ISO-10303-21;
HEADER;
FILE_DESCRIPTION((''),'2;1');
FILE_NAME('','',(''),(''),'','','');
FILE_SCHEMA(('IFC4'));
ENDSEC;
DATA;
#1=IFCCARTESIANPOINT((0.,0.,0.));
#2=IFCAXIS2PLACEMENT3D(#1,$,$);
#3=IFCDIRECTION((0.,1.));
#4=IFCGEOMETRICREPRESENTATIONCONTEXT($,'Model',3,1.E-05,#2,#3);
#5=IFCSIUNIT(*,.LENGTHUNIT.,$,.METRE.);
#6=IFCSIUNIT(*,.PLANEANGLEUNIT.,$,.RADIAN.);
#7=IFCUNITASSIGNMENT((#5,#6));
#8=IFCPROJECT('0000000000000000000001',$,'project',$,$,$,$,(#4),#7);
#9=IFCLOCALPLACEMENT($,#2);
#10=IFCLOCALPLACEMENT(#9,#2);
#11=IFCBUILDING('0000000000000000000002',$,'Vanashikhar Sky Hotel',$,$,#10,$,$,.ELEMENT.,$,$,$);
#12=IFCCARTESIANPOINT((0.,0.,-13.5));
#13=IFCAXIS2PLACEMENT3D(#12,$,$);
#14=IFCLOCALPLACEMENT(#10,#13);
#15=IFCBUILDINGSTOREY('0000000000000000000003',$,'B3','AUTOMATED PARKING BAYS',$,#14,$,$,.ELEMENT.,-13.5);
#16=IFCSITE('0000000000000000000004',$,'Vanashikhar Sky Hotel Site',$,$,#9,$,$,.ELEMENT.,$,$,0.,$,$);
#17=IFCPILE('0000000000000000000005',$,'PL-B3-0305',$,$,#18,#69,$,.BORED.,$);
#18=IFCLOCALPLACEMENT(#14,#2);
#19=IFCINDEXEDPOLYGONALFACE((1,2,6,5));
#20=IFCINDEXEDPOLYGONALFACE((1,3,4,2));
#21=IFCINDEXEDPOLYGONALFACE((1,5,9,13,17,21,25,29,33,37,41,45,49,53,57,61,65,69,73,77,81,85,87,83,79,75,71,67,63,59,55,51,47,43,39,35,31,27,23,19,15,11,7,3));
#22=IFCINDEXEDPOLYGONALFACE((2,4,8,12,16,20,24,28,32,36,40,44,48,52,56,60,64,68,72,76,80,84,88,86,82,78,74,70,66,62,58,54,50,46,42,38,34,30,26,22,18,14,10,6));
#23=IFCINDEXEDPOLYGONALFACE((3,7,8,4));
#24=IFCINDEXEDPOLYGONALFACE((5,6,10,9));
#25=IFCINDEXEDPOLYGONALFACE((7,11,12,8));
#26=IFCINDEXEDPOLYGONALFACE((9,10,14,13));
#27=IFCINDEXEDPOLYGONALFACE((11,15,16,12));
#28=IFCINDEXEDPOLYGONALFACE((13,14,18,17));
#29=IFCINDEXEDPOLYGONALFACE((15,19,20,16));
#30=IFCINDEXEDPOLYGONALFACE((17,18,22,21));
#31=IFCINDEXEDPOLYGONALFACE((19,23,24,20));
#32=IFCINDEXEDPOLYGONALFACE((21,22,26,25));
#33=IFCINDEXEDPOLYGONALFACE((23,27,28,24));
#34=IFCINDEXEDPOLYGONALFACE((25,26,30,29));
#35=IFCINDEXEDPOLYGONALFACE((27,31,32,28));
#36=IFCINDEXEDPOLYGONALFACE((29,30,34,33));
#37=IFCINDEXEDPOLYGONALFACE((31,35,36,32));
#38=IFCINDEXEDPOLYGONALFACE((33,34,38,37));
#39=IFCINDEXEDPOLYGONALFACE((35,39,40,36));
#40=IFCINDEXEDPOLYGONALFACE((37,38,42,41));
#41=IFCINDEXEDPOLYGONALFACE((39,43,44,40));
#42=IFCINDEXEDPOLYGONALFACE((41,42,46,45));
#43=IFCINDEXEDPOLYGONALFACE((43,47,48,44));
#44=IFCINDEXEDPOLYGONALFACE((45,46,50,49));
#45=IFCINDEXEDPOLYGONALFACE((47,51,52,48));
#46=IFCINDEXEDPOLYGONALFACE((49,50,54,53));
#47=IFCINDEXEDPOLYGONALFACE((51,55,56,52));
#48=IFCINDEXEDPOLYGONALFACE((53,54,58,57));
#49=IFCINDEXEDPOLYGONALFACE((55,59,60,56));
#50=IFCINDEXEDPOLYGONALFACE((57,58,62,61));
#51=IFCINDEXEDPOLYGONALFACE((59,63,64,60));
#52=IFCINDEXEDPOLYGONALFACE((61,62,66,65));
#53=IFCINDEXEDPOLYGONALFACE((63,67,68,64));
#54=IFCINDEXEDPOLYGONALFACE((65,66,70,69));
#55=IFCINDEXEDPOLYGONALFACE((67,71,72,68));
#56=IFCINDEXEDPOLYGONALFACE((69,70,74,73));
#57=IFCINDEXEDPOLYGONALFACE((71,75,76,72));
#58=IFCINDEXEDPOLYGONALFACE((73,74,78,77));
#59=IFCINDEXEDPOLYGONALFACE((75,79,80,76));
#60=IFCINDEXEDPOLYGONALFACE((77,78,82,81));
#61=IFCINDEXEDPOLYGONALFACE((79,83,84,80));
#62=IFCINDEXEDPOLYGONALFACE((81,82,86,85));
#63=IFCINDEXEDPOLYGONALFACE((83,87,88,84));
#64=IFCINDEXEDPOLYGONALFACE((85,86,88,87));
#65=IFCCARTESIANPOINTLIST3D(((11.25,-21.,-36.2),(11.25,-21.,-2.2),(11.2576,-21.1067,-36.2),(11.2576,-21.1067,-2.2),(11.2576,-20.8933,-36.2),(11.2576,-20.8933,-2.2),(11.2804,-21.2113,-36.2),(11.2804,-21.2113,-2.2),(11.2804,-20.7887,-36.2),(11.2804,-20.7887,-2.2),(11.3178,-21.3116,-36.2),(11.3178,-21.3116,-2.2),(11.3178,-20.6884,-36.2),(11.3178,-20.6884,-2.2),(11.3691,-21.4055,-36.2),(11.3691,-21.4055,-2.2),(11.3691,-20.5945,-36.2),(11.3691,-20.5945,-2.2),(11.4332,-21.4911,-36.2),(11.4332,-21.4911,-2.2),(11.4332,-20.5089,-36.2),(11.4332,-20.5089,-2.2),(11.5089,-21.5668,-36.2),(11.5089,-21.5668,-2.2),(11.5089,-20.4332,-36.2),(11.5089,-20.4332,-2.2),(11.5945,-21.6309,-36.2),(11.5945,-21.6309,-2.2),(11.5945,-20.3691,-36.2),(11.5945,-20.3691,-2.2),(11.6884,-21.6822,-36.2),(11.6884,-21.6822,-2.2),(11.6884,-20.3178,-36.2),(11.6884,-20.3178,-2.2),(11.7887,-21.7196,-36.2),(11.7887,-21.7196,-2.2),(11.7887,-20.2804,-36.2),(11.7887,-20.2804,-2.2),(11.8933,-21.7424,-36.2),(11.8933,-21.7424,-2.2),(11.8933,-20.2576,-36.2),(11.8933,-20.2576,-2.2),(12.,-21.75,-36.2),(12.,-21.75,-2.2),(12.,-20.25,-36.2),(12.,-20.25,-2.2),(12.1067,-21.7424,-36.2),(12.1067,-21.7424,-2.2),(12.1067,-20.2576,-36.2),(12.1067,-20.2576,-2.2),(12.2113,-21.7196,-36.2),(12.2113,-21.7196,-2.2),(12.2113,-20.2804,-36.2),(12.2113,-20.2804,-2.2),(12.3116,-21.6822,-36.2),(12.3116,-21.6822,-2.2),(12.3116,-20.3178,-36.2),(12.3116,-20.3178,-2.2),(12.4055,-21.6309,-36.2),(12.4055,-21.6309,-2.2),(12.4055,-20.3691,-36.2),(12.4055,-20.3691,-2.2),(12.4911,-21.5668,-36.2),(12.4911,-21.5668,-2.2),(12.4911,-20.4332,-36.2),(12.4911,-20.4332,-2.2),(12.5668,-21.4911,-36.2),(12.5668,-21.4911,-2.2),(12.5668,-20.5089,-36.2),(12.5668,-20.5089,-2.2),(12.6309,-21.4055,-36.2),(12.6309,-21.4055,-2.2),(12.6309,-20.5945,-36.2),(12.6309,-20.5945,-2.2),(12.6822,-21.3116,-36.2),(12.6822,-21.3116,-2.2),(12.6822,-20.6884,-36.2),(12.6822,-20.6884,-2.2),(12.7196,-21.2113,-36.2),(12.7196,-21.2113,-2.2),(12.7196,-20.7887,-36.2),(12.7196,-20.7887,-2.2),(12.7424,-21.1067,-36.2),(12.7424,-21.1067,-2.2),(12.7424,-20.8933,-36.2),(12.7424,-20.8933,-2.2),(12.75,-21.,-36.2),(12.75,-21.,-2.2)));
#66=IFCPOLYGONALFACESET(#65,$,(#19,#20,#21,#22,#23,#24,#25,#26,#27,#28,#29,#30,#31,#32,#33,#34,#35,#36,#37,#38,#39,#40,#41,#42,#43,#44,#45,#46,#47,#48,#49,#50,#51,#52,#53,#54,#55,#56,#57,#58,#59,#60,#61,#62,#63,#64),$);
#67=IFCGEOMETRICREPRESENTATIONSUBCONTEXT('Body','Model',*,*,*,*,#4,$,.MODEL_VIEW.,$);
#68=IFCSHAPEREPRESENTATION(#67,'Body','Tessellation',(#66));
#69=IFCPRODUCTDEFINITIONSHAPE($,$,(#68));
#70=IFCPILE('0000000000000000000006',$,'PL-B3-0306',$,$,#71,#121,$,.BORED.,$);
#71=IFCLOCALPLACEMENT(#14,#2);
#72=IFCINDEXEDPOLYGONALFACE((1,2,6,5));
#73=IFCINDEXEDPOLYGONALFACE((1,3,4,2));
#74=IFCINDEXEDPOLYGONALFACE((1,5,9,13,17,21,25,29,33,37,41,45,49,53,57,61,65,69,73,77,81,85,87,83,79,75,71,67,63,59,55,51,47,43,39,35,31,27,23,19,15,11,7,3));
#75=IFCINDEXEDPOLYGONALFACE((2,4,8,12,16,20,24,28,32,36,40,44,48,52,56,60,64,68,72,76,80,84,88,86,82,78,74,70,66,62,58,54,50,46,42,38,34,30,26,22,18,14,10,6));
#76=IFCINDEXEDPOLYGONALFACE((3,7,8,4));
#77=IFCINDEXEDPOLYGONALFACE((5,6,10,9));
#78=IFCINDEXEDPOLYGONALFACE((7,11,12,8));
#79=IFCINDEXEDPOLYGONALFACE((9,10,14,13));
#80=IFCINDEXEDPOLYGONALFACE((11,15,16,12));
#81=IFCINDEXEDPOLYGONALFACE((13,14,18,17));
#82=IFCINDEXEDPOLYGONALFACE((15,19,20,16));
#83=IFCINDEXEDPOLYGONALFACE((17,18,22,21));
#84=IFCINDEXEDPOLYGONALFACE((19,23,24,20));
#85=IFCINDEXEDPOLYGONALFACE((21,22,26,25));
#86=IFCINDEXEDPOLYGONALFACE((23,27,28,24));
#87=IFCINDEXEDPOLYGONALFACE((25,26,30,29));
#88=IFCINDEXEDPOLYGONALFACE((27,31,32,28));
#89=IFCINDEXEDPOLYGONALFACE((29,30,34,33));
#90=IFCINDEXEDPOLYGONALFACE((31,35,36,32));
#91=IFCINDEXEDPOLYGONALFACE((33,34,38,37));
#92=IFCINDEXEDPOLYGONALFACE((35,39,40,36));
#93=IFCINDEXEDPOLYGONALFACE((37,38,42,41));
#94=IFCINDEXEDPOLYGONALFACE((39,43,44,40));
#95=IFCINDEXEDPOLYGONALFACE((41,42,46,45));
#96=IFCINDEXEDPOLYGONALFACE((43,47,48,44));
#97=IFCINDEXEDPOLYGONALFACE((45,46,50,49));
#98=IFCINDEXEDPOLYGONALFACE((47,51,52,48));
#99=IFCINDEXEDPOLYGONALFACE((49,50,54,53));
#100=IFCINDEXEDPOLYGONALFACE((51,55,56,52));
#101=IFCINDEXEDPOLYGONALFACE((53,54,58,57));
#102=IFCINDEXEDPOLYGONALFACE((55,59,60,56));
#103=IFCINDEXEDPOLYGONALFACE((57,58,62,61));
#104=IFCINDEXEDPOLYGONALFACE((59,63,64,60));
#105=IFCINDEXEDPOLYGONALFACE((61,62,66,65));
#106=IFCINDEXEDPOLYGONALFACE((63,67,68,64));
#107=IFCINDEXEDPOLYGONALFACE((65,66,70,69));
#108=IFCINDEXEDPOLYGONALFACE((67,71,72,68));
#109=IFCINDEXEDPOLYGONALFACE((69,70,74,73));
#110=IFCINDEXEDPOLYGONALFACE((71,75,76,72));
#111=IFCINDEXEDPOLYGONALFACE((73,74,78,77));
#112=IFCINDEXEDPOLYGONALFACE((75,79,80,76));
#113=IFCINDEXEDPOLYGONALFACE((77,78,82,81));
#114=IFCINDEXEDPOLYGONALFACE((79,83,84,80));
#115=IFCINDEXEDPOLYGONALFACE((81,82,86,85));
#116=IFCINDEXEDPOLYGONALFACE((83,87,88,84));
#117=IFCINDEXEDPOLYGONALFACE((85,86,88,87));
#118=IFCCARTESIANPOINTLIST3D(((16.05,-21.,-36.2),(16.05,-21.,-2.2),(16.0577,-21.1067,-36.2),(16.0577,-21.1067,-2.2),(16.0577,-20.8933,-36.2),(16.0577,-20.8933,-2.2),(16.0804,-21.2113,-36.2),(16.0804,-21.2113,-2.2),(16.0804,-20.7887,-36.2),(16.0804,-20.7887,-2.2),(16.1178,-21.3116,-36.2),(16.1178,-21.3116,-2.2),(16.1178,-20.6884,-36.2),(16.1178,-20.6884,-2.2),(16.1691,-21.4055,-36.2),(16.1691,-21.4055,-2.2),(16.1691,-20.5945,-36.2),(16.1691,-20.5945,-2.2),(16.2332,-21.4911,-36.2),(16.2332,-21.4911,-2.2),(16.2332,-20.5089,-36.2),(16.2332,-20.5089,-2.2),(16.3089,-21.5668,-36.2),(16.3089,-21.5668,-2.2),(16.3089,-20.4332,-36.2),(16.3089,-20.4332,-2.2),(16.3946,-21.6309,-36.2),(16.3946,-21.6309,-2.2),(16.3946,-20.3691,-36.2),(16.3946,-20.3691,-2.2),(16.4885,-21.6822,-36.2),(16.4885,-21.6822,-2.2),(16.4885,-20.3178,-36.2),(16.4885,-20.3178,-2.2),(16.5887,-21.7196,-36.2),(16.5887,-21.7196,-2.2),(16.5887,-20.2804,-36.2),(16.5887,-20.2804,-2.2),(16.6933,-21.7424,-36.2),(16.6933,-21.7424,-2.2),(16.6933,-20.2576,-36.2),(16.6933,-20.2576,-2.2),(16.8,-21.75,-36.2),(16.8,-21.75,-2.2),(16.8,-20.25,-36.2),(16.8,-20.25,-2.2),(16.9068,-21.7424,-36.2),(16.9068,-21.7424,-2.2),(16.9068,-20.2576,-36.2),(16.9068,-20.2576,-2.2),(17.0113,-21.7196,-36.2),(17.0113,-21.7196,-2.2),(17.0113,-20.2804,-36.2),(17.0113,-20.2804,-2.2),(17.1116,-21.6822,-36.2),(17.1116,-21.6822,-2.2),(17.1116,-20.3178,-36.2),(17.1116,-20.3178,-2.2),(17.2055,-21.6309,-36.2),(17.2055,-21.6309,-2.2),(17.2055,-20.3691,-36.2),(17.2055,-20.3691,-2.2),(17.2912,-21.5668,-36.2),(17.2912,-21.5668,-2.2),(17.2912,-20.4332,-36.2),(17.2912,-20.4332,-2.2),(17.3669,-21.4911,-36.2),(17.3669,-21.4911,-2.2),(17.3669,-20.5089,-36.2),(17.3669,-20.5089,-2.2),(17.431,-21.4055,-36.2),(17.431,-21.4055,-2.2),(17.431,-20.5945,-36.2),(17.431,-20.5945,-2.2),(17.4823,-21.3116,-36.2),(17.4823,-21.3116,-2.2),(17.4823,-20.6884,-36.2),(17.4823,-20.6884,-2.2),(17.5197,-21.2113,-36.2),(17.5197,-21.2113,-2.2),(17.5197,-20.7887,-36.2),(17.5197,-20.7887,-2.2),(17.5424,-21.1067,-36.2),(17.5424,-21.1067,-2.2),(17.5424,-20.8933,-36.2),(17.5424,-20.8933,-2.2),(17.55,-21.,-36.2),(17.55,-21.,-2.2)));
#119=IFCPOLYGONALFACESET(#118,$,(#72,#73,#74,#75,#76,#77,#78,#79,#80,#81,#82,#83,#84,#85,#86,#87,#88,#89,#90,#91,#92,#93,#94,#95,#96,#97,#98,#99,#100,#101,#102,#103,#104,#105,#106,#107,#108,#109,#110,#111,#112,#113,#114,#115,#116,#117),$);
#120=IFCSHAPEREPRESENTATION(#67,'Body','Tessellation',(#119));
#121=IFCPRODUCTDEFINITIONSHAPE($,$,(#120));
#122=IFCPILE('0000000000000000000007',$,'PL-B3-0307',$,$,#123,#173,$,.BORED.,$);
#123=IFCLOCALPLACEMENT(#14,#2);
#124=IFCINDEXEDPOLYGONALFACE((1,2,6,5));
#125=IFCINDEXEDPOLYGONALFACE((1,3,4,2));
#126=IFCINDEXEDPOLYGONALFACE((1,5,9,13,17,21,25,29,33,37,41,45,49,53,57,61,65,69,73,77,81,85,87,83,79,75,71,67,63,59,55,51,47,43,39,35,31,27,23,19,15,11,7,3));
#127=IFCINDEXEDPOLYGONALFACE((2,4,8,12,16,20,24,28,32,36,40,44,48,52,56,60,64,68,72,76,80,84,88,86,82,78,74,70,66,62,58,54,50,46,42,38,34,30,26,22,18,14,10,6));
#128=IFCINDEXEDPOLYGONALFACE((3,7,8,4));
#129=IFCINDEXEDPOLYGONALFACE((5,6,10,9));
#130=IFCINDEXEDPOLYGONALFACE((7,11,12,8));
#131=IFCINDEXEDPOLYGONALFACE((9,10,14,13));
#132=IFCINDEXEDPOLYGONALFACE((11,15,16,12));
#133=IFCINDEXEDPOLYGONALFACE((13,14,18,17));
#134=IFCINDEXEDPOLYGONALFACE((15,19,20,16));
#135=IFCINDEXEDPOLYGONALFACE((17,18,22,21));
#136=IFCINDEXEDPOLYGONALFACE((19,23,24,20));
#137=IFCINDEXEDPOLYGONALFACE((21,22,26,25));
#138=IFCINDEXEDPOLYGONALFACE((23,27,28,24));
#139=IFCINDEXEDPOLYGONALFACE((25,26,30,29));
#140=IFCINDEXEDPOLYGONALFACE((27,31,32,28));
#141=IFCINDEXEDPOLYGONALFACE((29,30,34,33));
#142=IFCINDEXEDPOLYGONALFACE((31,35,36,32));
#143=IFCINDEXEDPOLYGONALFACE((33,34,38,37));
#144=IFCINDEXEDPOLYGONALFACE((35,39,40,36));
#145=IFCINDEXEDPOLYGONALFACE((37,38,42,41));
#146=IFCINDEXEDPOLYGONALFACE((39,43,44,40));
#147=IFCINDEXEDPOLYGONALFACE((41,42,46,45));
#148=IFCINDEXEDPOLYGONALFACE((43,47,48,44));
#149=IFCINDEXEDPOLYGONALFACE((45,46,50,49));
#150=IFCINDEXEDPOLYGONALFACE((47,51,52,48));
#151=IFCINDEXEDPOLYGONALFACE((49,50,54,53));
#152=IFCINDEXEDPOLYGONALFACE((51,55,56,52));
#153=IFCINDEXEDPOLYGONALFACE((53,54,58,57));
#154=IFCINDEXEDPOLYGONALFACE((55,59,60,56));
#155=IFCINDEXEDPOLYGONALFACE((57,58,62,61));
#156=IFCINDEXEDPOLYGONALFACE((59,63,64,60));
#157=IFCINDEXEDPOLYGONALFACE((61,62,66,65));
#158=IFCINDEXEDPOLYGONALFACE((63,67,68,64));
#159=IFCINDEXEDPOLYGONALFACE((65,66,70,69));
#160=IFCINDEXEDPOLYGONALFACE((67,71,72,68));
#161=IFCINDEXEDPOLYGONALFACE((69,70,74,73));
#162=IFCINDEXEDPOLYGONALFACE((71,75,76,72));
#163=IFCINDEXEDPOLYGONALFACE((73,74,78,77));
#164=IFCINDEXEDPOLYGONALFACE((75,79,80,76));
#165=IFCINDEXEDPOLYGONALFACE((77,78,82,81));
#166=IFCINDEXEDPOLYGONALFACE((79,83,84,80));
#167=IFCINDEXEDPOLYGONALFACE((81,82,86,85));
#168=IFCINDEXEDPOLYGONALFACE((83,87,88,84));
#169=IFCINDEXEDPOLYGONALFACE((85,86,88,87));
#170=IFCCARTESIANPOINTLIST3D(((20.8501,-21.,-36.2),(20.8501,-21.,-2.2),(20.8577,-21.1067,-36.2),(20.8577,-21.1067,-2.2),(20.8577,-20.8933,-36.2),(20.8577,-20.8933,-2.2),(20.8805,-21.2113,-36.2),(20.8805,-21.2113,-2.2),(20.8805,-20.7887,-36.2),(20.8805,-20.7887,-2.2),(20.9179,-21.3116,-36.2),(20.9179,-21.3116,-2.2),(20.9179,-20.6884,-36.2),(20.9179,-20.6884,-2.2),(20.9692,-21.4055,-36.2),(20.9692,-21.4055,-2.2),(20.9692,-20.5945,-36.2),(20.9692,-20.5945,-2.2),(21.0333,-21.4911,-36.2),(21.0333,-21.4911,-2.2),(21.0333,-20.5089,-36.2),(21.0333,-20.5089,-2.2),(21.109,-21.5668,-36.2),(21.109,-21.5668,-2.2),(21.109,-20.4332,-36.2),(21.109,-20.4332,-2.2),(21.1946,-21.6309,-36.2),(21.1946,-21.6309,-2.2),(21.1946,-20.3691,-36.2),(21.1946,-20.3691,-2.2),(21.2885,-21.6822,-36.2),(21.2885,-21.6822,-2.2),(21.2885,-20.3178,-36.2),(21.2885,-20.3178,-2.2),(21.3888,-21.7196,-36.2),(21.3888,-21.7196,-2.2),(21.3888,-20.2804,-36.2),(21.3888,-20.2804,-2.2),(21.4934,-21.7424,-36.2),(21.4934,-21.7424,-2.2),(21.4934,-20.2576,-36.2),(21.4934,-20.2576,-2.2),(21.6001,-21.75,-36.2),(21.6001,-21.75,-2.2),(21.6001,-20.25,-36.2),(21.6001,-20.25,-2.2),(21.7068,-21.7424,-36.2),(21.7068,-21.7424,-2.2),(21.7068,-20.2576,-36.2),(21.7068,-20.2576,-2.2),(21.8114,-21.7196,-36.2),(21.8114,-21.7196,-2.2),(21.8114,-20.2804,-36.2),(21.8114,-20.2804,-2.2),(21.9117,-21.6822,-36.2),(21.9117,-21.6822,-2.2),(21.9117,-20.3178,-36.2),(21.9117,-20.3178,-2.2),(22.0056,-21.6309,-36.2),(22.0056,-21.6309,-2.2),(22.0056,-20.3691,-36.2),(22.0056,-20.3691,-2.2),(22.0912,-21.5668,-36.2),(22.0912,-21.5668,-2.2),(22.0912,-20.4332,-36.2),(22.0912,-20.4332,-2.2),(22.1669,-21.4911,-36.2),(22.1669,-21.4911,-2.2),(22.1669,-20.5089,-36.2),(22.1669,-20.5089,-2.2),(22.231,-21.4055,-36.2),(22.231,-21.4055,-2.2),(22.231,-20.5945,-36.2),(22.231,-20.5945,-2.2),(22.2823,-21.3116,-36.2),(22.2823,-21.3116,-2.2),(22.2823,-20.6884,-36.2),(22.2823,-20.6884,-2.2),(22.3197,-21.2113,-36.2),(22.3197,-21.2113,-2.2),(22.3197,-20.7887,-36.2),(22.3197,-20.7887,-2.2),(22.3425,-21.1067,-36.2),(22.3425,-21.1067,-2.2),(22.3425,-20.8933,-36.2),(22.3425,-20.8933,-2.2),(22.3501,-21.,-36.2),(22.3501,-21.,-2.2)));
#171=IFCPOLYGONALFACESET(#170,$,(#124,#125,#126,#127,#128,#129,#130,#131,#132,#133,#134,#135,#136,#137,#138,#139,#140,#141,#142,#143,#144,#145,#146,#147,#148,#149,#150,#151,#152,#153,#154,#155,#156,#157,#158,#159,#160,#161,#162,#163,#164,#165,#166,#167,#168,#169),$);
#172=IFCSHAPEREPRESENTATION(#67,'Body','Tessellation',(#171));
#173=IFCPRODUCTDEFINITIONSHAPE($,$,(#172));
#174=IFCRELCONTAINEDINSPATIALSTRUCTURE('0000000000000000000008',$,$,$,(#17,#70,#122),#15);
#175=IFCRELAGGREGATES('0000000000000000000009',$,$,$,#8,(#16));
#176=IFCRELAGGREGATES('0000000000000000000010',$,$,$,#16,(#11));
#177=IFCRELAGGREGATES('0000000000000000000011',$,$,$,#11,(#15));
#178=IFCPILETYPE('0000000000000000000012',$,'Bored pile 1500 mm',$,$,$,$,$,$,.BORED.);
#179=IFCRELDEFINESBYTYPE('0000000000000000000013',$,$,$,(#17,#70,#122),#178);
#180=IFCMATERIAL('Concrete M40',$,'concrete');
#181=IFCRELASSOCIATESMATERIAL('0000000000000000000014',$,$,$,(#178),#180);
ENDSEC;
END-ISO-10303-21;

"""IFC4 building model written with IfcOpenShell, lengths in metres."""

from ifc_helpers import new_model, si_unit, direction, frame, origin, origin_2d, place, context, subcontext, project, spatial, circle, extrude, source, transform, mapped, material, type_object, element, save


model = new_model("IFC4")

# Units and contexts
model_context = context("Model", 3, precision=1e-05, world=origin(), true_north=direction((0.0, 1.0)))
body_context = subcontext(model_context, "Body", "Model", "MODEL_VIEW")
ifc_project = project(units=[si_unit("LENGTHUNIT", "METRE"), si_unit("PLANEANGLEUNIT", "RADIAN")], contexts=[model_context])

# Site, building, storey
site_placement = place(None, origin())
site = spatial("IfcSite", under=ifc_project, at=site_placement, Name="Vanashikhar Sky Hotel Site", CompositionType="ELEMENT", RefElevation=0.0)
building_placement = place(site_placement, origin())
building = spatial("IfcBuilding", under=site, at=building_placement, Name="Vanashikhar Sky Hotel", CompositionType="ELEMENT")
storey_placement = place(building_placement, frame((0.0, 0.0, -13.5)))
storey = spatial("IfcBuildingStorey", under=building, at=storey_placement, Name="B3", Description="AUTOMATED PARKING BAYS", CompositionType="ELEMENT", Elevation=-13.5)

# Piles
ifc_material_1 = material(Name="Concrete M40", Category="concrete")
pile_type_1 = type_object("IfcPileType", Name="Bored pile 1500 mm", PredefinedType="BORED", material=ifc_material_1)
shared_shape_1 = source(origin(), body_context, "Body", "SweptSolid", [
    extrude(circle(Radius=0.75, at=origin_2d()), origin(), (0.0, 0.0, 1.0), 34.0),
])
for number, where, z_axis, x_axis, name in (
    (1, (12.0, -21.0, -2.2), (0.0, 0.0, -1.0), (1.0, 0.0, 0.0), "PL-B3-0305"),
    (2, (16.8, -21.0, -2.2), (0.0, 0.0, -1.0), (1.0, 0.0, 0.0), "PL-B3-0306"),
    (3, (21.6001, -21.0, -2.2), (0.0, 0.0, -1.0), (1.0, 0.0, 0.0), "PL-B3-0307"),
):
    element("IfcPile", number, at=place(storey_placement, frame(where, z_axis=z_axis, x_axis=x_axis)), inside=storey, type_object=pile_type_1, Name=name, PredefinedType="BORED", context=body_context, shape_type="MappedRepresentation", body=[
        mapped(shared_shape_1, transform((0.0, 0.0, 0.0), scale=1.0)),
    ])

save(model, "model.ifc")
